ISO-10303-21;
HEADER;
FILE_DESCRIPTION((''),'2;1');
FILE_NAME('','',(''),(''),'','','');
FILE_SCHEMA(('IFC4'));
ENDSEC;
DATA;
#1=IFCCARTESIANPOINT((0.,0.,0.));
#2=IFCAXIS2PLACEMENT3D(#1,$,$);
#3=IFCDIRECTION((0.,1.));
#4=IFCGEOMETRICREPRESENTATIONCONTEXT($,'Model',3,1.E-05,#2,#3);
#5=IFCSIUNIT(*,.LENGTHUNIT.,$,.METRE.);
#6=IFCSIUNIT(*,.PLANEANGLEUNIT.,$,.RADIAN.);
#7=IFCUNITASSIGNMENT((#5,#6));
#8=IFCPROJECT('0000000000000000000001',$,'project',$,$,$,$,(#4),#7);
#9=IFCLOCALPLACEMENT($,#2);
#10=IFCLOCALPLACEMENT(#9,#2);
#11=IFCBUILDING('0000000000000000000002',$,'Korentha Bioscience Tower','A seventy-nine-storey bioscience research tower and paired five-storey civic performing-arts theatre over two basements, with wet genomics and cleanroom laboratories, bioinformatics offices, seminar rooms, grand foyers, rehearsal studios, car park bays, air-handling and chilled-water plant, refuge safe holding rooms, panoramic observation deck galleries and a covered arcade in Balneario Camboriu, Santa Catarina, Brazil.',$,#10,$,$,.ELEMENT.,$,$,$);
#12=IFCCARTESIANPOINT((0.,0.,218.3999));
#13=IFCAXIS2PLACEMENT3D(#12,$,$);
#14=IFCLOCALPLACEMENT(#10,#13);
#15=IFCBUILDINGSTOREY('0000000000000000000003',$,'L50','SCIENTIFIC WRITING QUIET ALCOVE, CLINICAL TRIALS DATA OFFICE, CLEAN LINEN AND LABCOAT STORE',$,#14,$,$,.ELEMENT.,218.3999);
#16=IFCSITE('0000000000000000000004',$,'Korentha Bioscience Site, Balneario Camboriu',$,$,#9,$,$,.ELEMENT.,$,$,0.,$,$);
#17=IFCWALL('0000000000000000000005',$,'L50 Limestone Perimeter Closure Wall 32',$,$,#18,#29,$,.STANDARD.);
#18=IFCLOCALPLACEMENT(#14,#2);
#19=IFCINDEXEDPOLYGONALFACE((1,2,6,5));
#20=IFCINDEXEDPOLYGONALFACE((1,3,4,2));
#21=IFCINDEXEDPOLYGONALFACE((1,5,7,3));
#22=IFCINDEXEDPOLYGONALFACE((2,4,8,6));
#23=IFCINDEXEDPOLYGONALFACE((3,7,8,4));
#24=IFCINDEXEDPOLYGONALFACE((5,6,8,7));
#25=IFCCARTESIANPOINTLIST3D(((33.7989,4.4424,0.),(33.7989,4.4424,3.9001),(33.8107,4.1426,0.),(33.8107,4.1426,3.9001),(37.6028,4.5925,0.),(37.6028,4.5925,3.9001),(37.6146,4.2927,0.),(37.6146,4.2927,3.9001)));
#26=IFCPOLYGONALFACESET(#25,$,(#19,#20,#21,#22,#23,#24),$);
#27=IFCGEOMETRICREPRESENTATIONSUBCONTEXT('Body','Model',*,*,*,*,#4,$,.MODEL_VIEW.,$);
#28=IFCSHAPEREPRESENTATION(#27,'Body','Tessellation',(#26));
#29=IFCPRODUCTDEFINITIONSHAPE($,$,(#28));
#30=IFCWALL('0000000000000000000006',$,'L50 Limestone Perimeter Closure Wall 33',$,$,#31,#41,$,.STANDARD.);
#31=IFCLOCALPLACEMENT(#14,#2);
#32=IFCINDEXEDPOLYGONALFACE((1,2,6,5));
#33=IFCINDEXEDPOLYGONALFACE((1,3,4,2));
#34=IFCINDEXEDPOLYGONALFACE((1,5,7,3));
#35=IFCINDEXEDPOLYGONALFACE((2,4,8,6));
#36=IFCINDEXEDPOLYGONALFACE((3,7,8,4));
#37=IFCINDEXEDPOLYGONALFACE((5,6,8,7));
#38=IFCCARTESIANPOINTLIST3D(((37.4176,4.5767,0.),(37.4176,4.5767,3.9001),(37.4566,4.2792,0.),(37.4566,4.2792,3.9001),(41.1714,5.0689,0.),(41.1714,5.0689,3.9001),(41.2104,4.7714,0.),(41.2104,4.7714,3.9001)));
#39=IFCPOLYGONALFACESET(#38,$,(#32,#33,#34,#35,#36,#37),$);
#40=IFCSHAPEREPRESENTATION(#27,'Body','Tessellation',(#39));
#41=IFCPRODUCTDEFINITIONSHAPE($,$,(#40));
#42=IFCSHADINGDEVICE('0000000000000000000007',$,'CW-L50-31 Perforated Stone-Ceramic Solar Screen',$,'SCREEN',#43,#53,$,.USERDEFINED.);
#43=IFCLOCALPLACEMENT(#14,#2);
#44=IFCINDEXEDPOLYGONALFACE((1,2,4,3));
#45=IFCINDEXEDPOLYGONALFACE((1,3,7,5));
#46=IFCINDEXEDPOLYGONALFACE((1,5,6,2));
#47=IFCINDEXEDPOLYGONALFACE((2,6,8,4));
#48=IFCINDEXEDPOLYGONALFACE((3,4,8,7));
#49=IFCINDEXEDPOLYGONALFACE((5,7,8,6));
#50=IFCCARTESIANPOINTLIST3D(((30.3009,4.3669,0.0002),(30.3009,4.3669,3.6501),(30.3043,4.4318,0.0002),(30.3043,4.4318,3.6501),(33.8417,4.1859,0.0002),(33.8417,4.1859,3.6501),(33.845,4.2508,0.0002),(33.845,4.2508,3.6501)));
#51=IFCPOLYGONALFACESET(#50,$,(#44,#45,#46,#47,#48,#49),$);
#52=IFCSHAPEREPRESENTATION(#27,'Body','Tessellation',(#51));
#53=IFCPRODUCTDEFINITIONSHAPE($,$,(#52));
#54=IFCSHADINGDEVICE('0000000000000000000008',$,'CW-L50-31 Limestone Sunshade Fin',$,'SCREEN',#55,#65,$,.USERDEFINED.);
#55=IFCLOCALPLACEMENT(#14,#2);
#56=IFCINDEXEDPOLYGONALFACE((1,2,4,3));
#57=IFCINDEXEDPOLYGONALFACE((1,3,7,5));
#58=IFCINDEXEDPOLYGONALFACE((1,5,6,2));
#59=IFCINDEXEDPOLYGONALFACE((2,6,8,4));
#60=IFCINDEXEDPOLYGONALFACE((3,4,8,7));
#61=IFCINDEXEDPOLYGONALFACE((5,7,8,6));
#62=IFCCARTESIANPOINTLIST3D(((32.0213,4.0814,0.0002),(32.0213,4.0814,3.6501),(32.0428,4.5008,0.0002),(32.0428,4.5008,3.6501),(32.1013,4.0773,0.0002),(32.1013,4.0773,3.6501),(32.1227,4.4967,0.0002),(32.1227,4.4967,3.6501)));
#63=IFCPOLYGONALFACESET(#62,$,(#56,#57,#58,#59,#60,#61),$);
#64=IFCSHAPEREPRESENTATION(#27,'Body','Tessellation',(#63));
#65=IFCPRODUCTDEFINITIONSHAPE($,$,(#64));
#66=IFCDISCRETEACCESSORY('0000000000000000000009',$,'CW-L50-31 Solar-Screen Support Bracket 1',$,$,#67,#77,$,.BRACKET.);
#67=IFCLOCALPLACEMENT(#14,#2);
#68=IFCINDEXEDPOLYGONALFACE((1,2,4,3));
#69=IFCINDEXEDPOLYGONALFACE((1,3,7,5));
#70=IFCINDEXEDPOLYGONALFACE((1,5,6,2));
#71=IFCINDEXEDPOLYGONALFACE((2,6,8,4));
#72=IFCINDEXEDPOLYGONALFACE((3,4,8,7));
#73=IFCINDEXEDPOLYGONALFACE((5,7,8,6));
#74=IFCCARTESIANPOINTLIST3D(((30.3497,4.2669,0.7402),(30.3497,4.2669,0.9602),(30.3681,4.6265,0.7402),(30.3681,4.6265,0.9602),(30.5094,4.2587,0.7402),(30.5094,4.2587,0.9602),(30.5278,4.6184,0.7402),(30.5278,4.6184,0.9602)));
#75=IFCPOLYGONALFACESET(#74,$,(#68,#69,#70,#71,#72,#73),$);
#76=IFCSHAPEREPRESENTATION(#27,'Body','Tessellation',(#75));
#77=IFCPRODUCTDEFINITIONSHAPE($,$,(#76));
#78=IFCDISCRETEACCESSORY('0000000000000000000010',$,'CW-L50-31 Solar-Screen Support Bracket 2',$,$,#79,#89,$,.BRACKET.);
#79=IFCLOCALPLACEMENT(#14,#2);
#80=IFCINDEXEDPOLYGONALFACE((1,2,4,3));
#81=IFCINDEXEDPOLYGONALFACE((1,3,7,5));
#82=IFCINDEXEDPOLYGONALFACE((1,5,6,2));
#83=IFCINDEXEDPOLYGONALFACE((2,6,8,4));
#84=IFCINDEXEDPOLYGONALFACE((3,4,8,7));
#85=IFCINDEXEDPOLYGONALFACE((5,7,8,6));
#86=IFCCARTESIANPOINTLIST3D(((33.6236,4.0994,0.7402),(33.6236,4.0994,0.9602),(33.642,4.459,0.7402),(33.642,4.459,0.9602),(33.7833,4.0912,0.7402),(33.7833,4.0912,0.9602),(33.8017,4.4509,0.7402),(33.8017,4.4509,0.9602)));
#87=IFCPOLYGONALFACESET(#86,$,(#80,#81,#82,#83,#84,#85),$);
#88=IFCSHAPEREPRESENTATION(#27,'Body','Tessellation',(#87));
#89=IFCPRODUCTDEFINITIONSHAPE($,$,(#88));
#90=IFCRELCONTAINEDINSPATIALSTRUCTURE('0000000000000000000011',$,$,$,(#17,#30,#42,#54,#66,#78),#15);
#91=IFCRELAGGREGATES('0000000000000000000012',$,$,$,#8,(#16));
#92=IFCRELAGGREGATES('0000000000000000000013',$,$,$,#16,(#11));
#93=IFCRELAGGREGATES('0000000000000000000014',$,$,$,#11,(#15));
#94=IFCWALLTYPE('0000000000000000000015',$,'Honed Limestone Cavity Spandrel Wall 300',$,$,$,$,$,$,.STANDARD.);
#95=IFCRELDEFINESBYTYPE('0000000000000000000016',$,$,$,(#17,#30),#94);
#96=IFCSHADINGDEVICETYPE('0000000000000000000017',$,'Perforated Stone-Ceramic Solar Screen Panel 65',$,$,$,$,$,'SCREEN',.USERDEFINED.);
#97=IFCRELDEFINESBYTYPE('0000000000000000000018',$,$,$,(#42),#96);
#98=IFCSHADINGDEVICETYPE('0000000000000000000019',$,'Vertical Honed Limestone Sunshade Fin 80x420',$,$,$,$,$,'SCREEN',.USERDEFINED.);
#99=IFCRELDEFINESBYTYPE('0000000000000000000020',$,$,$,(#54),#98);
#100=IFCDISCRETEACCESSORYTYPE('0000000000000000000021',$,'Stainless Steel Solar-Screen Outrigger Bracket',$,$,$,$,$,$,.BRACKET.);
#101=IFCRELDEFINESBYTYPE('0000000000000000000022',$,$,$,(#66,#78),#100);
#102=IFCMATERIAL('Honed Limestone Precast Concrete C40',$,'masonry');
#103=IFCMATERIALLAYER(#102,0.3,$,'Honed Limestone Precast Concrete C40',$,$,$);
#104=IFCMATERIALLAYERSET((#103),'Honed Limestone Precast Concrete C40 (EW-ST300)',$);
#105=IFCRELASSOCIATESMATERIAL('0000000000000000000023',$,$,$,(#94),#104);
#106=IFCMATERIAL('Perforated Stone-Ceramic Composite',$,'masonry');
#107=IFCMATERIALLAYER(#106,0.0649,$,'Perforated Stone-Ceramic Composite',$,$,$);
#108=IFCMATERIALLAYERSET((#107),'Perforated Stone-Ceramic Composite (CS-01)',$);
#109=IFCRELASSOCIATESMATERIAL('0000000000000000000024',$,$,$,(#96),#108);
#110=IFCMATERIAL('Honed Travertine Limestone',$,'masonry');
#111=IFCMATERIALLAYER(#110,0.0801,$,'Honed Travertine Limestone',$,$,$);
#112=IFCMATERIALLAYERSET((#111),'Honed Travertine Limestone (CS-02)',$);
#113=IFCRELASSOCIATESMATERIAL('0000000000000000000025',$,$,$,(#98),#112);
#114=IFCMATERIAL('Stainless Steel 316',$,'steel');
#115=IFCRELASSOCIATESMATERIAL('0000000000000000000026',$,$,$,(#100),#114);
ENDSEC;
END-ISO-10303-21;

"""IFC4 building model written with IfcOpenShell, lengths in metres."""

from ifc_helpers import new_model, si_unit, direction, frame, frame_2d, origin, origin_2d, place, context, subcontext, project, spatial, rectangle, extrude, material, layer, layer_set, type_object, element, save


model = new_model("IFC4")

# Units and contexts
model_context = context("Model", 3, precision=1e-05, world=origin(), true_north=direction((0.0, 1.0)))
body_context = subcontext(model_context, "Body", "Model", "MODEL_VIEW")
ifc_project = project(units=[si_unit("LENGTHUNIT", "METRE"), si_unit("PLANEANGLEUNIT", "RADIAN")], contexts=[model_context])

# Site, building, storey
site_placement = place(None, origin())
site = spatial("IfcSite", under=ifc_project, at=site_placement, Name="Korentha Bioscience Site, Balneario Camboriu", CompositionType="ELEMENT", RefElevation=0.0)
building_placement = place(site_placement, origin())
building = spatial("IfcBuilding", under=site, at=building_placement, Name="Korentha Bioscience Tower", Description="A seventy-nine-storey bioscience research tower and paired five-storey civic performing-arts theatre over two basements, with wet genomics and cleanroom laboratories, bioinformatics offices, seminar rooms, grand foyers, rehearsal studios, car park bays, air-handling and chilled-water plant, refuge safe holding rooms, panoramic observation deck galleries and a covered arcade in Balneario Camboriu, Santa Catarina, Brazil.", CompositionType="ELEMENT")
storey_placement = place(building_placement, frame((0.0, 0.0, 218.3999)))
storey = spatial("IfcBuildingStorey", under=building, at=storey_placement, Name="L50", Description="SCIENTIFIC WRITING QUIET ALCOVE, CLINICAL TRIALS DATA OFFICE, CLEAN LINEN AND LABCOAT STORE", CompositionType="ELEMENT", Elevation=218.3999)

# Walls
ifc_material_1 = material(Name="Honed Limestone Precast Concrete C40", Category="masonry")
ifc_layer_1 = layer(ifc_material_1, 0.3, Name="Honed Limestone Precast Concrete C40")
ifc_layer_set_1 = layer_set([ifc_layer_1], Name="Honed Limestone Precast Concrete C40 (EW-ST300)")
wall_type_1 = type_object("IfcWallType", Name="Honed Limestone Cavity Spandrel Wall 300", PredefinedType="STANDARD", material=ifc_layer_set_1)
wall_1_placement = place(storey_placement, frame((33.8049, 4.2925, 0.0), z_axis=(0.0, 0.0, 1.0), x_axis=(0.999222, 0.03944, 0.0)))
element("IfcWall", 1, at=wall_1_placement, inside=storey, type_object=wall_type_1, Name="L50 Limestone Perimeter Closure Wall 32", PredefinedType="STANDARD", context=body_context, shape_type="SweptSolid", body=[
    extrude(rectangle(XDim=3.8069, YDim=0.3, at=frame_2d((1.9033, 0.0))), origin(), (0.0, 0.0, 1.0), 3.9001),
])
wall_2_placement = place(storey_placement, frame((37.437, 4.428, 0.0), z_axis=(0.0, 0.0, 1.0), x_axis=(0.991513, 0.130009, 0.0)))
element("IfcWall", 2, at=wall_2_placement, inside=storey, type_object=wall_type_1, Name="L50 Limestone Perimeter Closure Wall 33", PredefinedType="STANDARD", context=body_context, shape_type="SweptSolid", body=[
    extrude(rectangle(XDim=3.7859, YDim=0.3, at=frame_2d((1.8931, 0.0))), origin(), (0.0, 0.0, 1.0), 3.9001),
])

# Shading devices
ifc_material_2 = material(Name="Perforated Stone-Ceramic Composite", Category="masonry")
ifc_layer_2 = layer(ifc_material_2, 0.0649, Name="Perforated Stone-Ceramic Composite")
ifc_layer_set_2 = layer_set([ifc_layer_2], Name="Perforated Stone-Ceramic Composite (CS-01)")
shading_device_type_1 = type_object("IfcShadingDeviceType", Name="Perforated Stone-Ceramic Solar Screen Panel 65", ElementType="SCREEN", PredefinedType="USERDEFINED", material=ifc_layer_set_2)
shading_device_1_placement = place(storey_placement, frame((32.073, 4.3088, 0.0002), z_axis=(0.0, 0.0, 1.0), x_axis=(0.998696, -0.051055, 0.0)))
element("IfcShadingDevice", 3, at=shading_device_1_placement, inside=storey, type_object=shading_device_type_1, Name="CW-L50-31 Perforated Stone-Ceramic Solar Screen", ObjectType="SCREEN", PredefinedType="USERDEFINED", context=body_context, shape_type="SweptSolid", body=[
    extrude(rectangle(XDim=3.5454, YDim=0.0649, at=origin_2d()), origin(), (0.0, 0.0, 1.0), 3.6499),
])
ifc_material_3 = material(Name="Honed Travertine Limestone", Category="masonry")
ifc_layer_3 = layer(ifc_material_3, 0.0801, Name="Honed Travertine Limestone")
ifc_layer_set_3 = layer_set([ifc_layer_3], Name="Honed Travertine Limestone (CS-02)")
shading_device_type_2 = type_object("IfcShadingDeviceType", Name="Vertical Honed Limestone Sunshade Fin 80x420", ElementType="SCREEN", PredefinedType="USERDEFINED", material=ifc_layer_set_3)
shading_device_2_placement = place(storey_placement, frame((32.072, 4.2891, 0.0002), z_axis=(0.0, 0.0, 1.0), x_axis=(0.998696, -0.051055, 0.0)))
element("IfcShadingDevice", 4, at=shading_device_2_placement, inside=storey, type_object=shading_device_type_2, Name="CW-L50-31 Limestone Sunshade Fin", ObjectType="SCREEN", PredefinedType="USERDEFINED", context=body_context, shape_type="SweptSolid", body=[
    extrude(rectangle(XDim=0.0801, YDim=0.4199, at=origin_2d()), origin(), (0.0, 0.0, 1.0), 3.6499),
])

# Discrete accessories
ifc_material_4 = material(Name="Stainless Steel 316", Category="steel")
discrete_accessory_type = type_object("IfcDiscreteAccessoryType", Name="Stainless Steel Solar-Screen Outrigger Bracket", PredefinedType="BRACKET", material=ifc_material_4)
for number, where, z_axis, x_axis, name in (
    (5, (30.4387, 4.4426, 0.7402), (0.0, 0.0, 1.0), (0.998696, -0.051055, 0.0), "CW-L50-31 Solar-Screen Support Bracket 1"),
    (6, (33.7126, 4.2751, 0.7402), (0.0, 0.0, 1.0), (0.998696, -0.051055, 0.0), "CW-L50-31 Solar-Screen Support Bracket 2"),
):
    element("IfcDiscreteAccessory", number, at=place(storey_placement, frame(where, z_axis=z_axis, x_axis=x_axis)), inside=storey, type_object=discrete_accessory_type, Name=name, PredefinedType="BRACKET", context=body_context, shape_type="SweptSolid", body=[
        extrude(rectangle(XDim=0.1599, YDim=0.3601, at=origin_2d()), origin(), (0.0, 0.0, 1.0), 0.22),
    ])

save(model, "model.ifc")
